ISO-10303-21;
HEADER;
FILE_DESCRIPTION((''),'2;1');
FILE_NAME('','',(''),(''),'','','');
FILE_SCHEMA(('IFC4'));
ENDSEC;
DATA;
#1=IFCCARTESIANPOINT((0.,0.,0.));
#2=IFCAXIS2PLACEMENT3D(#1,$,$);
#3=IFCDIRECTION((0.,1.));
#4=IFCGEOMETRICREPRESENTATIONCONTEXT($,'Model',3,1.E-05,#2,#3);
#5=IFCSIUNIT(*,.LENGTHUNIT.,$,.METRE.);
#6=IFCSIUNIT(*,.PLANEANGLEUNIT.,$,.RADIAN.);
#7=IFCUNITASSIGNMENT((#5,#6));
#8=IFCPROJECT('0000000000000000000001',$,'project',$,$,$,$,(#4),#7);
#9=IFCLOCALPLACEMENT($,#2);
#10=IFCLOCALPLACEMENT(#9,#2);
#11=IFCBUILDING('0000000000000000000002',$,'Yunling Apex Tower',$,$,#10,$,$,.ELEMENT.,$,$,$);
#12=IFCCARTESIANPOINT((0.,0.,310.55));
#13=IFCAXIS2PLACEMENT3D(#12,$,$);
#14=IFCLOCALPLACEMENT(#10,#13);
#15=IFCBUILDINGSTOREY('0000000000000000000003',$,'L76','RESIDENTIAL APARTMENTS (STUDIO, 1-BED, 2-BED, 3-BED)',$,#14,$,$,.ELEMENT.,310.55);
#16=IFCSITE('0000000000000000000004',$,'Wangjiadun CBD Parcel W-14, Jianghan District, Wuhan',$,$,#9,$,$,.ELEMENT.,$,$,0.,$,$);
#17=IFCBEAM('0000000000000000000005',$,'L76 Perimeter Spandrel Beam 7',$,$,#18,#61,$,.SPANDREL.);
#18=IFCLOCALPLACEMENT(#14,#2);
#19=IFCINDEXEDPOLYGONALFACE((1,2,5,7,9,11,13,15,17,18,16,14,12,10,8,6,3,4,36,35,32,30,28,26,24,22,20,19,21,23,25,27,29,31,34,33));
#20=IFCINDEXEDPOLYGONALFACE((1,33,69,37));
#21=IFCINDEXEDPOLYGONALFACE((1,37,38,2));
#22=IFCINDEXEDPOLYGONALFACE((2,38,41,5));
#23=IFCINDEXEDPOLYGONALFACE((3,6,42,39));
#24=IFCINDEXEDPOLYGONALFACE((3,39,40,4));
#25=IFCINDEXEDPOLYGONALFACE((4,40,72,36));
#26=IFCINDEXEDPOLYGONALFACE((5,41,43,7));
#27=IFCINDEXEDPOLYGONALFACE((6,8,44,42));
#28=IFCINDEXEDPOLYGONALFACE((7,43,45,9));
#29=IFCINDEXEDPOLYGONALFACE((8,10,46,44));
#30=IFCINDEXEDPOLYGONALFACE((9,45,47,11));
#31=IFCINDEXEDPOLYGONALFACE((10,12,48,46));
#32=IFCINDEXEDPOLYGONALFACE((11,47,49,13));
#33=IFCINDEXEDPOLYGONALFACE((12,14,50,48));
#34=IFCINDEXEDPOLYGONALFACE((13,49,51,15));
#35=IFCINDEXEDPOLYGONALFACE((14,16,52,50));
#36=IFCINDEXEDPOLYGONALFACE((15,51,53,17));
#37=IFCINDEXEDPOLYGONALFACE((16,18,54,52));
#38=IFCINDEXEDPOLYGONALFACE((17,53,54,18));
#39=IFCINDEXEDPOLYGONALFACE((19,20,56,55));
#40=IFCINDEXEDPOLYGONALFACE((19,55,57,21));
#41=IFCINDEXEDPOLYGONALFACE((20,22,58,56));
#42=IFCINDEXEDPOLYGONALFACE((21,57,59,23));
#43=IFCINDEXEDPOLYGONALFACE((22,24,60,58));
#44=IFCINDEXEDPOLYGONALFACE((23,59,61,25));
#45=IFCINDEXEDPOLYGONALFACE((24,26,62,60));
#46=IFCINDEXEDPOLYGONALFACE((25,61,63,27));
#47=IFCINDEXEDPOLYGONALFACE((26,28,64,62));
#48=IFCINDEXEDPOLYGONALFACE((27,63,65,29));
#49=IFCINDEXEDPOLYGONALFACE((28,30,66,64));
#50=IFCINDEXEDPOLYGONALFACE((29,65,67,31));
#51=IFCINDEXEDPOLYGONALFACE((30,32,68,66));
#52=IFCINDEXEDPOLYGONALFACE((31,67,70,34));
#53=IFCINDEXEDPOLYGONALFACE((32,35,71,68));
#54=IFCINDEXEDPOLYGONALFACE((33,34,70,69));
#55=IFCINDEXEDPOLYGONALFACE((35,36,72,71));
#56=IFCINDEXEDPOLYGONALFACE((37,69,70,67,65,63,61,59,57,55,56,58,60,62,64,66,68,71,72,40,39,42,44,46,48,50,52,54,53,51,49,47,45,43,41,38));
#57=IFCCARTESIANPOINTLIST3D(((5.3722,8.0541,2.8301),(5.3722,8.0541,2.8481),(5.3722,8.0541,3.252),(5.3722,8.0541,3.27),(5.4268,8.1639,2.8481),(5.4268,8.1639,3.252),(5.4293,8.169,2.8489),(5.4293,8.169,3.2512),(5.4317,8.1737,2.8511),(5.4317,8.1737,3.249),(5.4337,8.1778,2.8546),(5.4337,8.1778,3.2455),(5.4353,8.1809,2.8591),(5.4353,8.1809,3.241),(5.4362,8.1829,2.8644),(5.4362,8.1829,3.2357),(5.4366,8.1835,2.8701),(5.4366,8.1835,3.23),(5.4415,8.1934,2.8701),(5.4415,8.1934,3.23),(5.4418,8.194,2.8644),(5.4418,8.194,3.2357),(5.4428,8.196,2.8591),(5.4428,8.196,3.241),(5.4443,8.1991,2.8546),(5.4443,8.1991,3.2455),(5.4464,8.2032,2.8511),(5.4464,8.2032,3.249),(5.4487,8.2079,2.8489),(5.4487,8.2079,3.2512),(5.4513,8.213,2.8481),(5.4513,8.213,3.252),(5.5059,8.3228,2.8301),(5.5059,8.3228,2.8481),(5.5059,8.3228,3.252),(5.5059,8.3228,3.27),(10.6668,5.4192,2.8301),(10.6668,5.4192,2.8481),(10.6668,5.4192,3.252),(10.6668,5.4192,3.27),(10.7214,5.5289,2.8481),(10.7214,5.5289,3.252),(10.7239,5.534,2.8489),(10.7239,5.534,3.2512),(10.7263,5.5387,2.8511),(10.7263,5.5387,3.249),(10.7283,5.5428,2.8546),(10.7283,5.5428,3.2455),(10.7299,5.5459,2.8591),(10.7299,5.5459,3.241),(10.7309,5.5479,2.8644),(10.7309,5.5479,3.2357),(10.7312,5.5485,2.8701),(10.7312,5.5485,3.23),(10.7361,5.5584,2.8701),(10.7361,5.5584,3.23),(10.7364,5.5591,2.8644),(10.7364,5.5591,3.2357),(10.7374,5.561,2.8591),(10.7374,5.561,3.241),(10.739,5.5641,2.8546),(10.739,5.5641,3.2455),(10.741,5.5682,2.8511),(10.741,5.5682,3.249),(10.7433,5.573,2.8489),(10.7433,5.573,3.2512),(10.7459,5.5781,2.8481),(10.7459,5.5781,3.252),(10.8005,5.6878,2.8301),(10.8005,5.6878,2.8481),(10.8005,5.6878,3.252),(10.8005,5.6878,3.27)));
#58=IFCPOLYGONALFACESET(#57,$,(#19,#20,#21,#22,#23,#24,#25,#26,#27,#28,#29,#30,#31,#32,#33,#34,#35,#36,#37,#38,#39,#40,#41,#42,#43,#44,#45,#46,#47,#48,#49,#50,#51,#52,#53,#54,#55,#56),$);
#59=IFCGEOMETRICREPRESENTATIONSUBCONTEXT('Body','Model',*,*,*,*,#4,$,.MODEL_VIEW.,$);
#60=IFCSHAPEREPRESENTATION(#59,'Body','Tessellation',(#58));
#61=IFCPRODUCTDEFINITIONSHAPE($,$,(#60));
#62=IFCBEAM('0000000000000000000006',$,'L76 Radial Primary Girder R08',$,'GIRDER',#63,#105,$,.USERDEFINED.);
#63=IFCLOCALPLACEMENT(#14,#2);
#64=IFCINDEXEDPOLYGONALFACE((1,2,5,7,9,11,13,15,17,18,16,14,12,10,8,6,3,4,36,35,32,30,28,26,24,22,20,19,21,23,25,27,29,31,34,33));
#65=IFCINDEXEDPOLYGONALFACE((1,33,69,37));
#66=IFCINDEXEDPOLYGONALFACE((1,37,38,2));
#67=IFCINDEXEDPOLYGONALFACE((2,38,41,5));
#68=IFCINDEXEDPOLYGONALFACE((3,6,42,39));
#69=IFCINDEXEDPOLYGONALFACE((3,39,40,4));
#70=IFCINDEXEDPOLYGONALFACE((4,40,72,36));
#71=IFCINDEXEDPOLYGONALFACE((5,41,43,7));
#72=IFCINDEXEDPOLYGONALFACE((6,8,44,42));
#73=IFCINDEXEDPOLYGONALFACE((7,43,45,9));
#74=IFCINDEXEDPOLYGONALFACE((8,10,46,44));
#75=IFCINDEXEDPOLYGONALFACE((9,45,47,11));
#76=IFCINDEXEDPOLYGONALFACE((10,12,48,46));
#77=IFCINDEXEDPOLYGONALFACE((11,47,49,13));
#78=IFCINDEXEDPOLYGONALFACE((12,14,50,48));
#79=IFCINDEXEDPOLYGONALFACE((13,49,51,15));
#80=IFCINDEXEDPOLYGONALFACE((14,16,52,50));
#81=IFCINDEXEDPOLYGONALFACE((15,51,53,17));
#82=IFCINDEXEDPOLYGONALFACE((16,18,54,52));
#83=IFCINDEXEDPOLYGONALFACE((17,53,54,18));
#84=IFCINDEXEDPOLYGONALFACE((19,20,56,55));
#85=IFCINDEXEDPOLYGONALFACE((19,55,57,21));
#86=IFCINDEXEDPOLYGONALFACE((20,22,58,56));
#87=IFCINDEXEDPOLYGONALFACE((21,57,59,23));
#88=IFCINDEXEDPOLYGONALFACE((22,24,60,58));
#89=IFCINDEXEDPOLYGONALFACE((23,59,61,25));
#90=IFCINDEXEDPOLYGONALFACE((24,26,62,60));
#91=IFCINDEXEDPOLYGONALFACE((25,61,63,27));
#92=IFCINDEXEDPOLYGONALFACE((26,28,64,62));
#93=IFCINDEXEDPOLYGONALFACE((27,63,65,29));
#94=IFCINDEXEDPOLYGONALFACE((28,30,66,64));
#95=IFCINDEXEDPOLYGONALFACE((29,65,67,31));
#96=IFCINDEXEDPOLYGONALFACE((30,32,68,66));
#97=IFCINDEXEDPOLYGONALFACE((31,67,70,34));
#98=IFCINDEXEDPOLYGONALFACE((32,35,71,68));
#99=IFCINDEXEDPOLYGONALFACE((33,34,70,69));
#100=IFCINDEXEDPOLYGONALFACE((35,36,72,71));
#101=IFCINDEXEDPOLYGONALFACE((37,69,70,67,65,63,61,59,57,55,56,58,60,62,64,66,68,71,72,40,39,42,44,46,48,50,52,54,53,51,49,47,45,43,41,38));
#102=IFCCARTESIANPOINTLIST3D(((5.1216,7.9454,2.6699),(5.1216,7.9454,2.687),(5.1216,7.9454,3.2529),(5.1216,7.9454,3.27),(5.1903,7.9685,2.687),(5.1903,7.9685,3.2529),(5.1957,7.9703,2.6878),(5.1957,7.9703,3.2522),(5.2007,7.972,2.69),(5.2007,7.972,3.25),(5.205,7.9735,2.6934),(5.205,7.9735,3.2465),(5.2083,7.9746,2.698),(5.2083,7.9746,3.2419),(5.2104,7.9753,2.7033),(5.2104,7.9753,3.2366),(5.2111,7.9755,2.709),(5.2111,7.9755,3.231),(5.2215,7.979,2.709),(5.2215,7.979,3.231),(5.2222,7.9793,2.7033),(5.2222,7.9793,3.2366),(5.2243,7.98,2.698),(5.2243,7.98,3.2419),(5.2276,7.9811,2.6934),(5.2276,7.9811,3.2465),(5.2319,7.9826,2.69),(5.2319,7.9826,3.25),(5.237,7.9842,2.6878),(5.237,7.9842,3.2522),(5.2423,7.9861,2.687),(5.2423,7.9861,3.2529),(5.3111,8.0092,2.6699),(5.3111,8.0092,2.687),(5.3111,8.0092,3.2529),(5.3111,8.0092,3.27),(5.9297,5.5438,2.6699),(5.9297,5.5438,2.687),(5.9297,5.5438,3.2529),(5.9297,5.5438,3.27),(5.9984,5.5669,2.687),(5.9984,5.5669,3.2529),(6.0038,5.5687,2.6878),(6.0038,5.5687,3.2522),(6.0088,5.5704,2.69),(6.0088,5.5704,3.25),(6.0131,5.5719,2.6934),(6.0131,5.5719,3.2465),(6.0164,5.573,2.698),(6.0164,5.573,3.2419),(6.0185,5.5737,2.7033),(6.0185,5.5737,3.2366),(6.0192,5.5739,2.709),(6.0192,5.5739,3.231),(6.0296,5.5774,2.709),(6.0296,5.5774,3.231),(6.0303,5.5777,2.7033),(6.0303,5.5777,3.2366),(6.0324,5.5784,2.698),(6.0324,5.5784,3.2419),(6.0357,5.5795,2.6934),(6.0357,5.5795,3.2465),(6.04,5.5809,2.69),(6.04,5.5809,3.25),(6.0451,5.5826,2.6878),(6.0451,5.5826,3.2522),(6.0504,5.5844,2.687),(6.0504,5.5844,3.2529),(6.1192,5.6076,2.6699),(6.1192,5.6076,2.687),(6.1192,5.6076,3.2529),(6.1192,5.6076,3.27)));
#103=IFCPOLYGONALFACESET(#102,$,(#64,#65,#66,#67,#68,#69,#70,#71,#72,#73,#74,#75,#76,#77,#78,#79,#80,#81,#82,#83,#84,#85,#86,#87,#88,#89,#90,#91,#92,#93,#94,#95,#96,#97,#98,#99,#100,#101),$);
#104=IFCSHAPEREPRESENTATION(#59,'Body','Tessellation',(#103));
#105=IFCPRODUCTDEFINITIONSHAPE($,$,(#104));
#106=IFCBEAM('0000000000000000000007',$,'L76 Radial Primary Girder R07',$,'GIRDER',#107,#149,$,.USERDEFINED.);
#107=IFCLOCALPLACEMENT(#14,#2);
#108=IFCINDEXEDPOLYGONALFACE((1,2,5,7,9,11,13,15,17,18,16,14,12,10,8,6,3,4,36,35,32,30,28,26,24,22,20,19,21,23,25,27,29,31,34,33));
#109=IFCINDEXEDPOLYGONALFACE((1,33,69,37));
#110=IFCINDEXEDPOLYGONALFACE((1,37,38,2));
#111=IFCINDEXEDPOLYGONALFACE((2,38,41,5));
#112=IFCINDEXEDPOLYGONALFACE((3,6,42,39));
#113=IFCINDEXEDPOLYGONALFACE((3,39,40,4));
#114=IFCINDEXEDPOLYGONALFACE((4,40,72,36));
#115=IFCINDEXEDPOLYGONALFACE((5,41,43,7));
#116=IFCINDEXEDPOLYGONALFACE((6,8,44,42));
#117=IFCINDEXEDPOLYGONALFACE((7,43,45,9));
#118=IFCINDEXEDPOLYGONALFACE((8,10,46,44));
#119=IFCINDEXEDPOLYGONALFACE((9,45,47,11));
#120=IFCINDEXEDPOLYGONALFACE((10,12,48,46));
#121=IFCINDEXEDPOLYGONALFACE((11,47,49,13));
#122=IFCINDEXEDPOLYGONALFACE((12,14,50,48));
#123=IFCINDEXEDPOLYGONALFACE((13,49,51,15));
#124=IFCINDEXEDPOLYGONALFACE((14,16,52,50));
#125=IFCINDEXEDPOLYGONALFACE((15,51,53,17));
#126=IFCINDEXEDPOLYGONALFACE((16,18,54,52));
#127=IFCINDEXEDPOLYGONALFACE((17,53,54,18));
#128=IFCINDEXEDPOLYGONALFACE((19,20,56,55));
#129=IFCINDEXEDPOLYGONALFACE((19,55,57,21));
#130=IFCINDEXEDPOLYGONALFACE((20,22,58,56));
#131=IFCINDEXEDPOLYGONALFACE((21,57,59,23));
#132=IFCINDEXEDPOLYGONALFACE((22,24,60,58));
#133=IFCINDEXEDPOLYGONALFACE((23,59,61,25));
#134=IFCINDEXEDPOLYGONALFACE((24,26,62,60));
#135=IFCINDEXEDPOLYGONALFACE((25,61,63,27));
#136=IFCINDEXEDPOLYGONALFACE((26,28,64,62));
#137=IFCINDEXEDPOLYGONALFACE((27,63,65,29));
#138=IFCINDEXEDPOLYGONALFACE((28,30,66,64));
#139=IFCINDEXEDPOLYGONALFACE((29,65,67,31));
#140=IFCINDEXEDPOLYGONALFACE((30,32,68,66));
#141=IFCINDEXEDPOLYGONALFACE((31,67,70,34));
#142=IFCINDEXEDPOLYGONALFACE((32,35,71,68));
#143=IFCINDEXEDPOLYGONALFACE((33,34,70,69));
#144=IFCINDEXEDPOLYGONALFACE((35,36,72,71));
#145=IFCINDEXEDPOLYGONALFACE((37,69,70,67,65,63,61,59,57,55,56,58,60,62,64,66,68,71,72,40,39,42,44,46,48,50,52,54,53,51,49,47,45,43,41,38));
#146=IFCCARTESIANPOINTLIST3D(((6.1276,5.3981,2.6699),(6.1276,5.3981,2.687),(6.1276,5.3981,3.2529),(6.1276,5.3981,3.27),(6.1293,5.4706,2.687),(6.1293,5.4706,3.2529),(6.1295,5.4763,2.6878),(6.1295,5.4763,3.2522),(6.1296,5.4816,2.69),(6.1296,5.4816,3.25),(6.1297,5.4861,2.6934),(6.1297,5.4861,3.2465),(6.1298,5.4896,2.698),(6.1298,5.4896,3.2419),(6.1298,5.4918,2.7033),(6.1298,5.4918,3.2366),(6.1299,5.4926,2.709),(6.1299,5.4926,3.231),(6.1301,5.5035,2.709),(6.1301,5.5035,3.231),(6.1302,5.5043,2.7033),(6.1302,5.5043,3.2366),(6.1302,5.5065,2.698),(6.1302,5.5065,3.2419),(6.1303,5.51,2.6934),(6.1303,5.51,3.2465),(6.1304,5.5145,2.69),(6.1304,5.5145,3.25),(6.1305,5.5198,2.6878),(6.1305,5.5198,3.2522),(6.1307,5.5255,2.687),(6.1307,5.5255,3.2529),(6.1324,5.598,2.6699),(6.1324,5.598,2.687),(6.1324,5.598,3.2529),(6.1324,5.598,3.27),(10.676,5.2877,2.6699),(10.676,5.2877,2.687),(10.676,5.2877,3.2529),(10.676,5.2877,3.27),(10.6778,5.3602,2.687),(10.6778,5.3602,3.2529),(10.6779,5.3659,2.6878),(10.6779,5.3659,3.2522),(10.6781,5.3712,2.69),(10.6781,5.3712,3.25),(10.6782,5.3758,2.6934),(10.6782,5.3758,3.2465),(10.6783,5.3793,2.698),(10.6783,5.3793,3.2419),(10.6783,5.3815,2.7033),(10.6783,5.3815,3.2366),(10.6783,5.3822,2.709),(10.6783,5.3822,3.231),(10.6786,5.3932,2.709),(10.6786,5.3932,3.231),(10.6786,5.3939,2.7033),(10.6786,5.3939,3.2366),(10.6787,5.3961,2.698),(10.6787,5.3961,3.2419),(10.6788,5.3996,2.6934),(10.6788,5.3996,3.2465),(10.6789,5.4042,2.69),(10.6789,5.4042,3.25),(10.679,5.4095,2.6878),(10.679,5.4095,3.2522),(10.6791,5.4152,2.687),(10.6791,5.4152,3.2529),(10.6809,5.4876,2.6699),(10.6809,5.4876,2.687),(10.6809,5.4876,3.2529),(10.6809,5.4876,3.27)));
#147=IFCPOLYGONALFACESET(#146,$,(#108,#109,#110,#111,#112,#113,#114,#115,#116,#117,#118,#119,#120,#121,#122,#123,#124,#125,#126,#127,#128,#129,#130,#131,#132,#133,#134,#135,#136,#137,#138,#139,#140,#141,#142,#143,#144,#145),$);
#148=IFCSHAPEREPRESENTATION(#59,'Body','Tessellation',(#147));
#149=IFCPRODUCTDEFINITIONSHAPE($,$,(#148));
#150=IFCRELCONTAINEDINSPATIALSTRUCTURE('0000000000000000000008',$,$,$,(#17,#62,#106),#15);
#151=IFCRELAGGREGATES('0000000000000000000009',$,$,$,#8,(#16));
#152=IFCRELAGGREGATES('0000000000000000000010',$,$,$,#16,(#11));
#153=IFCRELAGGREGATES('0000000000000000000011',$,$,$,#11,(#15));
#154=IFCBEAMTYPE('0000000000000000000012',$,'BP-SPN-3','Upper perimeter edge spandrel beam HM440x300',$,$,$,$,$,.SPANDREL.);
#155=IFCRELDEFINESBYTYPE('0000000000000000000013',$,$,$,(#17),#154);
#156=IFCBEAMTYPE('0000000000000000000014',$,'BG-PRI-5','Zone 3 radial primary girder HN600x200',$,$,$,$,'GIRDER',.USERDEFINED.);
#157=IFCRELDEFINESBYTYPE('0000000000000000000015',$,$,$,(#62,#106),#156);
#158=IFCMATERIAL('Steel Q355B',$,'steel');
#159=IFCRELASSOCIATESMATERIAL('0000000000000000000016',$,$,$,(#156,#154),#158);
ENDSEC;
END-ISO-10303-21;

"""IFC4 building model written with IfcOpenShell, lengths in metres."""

from ifc_helpers import new_model, si_unit, direction, frame, origin, origin_2d, place, context, subcontext, project, spatial, i_section, extrude, source, transform, mapped, material, material_profile, profile_set, type_object, element, save


model = new_model("IFC4")

# Units and contexts
model_context = context("Model", 3, precision=1e-05, world=origin(), true_north=direction((0.0, 1.0)))
body_context = subcontext(model_context, "Body", "Model", "MODEL_VIEW")
ifc_project = project(units=[si_unit("LENGTHUNIT", "METRE"), si_unit("PLANEANGLEUNIT", "RADIAN")], contexts=[model_context])

# Site, building, storey
site_placement = place(None, origin())
site = spatial("IfcSite", under=ifc_project, at=site_placement, Name="Wangjiadun CBD Parcel W-14, Jianghan District, Wuhan", CompositionType="ELEMENT", RefElevation=0.0)
building_placement = place(site_placement, origin())
building = spatial("IfcBuilding", under=site, at=building_placement, Name="Yunling Apex Tower", CompositionType="ELEMENT")
storey_placement = place(building_placement, frame((0.0, 0.0, 310.55)))
storey = spatial("IfcBuildingStorey", under=building, at=storey_placement, Name="L76", Description="RESIDENTIAL APARTMENTS (STUDIO, 1-BED, 2-BED, 3-BED)", CompositionType="ELEMENT", Elevation=310.55)

# Shared definitions
ifc_material_1 = material(Name="Steel Q355B", Category="steel")

# Beams
ifc_material_profile_1 = material_profile(ifc_material_1, i_section(OverallWidth=0.2, OverallDepth=0.6001, WebThickness=0.011, FlangeThickness=0.0171, FilletRadius=0.022, at=origin_2d()))
ifc_profile_set_1 = profile_set([ifc_material_profile_1], Name="Steel Q355B")
beam_type_1 = type_object("IfcBeamType", Name="BG-PRI-5", Description="Zone 3 radial primary girder HN600x200", ElementType="GIRDER", PredefinedType="USERDEFINED", material=ifc_profile_set_1)
ifc_material_profile_2 = material_profile(ifc_material_1, i_section(OverallWidth=0.3, OverallDepth=0.4399, WebThickness=0.011, FlangeThickness=0.0181, FilletRadius=0.022, at=origin_2d()))
ifc_profile_set_2 = profile_set([ifc_material_profile_2], Name="Steel Q355B")
beam_type_2 = type_object("IfcBeamType", Name="BP-SPN-3", Description="Upper perimeter edge spandrel beam HM440x300", PredefinedType="SPANDREL", material=ifc_profile_set_2)
shared_shape_1 = source(origin(), body_context, "Body", "SweptSolid", [
    extrude(i_section(OverallWidth=0.3, OverallDepth=0.4399, WebThickness=0.011, FlangeThickness=0.0181, FilletRadius=0.022, at=origin_2d()), origin(), (0.0, 0.0, 1.0), 5.9141),
])
for number, where, z_axis, x_axis, name in (
    (1, (10.7336, 5.5535, 3.05), (-0.89526, 0.445545, 0.0), (-0.445545, -0.89526, 0.0), "L76 Perimeter Spandrel Beam 7"),
):
    element("IfcBeam", number, at=place(storey_placement, frame(where, z_axis=z_axis, x_axis=x_axis)), inside=storey, type_object=beam_type_2, Name=name, PredefinedType="SPANDREL", context=body_context, shape_type="MappedRepresentation", body=[
        mapped(shared_shape_1, transform((0.0, 0.0, 0.0), scale=1.0)),
    ])
shared_shape_2 = source(origin(), body_context, "Body", "SweptSolid", [
    extrude(i_section(OverallWidth=0.2, OverallDepth=0.6001, WebThickness=0.011, FlangeThickness=0.0171, FilletRadius=0.022, at=origin_2d()), origin(), (0.0, 0.0, 1.0), 2.5339),
])
beam_1_placement = place(storey_placement, frame((5.2163, 7.9773, 2.97), z_axis=(0.318915, -0.947783, 0.0), x_axis=(0.947783, 0.318915, 0.0)))
element("IfcBeam", 2, at=beam_1_placement, inside=storey, type_object=beam_type_1, Name="L76 Radial Primary Girder R08", ObjectType="GIRDER", PredefinedType="USERDEFINED", context=body_context, shape_type="MappedRepresentation", body=[
    mapped(shared_shape_2, transform((0.0, 0.0, 0.0), scale=1.0)),
])
shared_shape_3 = source(origin(), body_context, "Body", "SweptSolid", [
    extrude(i_section(OverallWidth=0.2, OverallDepth=0.6001, WebThickness=0.011, FlangeThickness=0.0171, FilletRadius=0.022, at=origin_2d()), origin(), (0.0, 0.0, 1.0), 4.5498),
])
beam_2_placement = place(storey_placement, frame((10.6785, 5.3877, 2.97), z_axis=(-0.999706, 0.024254, 0.0), x_axis=(-0.024254, -0.999706, 0.0)))
element("IfcBeam", 3, at=beam_2_placement, inside=storey, type_object=beam_type_1, Name="L76 Radial Primary Girder R07", ObjectType="GIRDER", PredefinedType="USERDEFINED", context=body_context, shape_type="MappedRepresentation", body=[
    mapped(shared_shape_3, transform((0.0, 0.0, 0.0), scale=1.0)),
])

save(model, "model.ifc")
